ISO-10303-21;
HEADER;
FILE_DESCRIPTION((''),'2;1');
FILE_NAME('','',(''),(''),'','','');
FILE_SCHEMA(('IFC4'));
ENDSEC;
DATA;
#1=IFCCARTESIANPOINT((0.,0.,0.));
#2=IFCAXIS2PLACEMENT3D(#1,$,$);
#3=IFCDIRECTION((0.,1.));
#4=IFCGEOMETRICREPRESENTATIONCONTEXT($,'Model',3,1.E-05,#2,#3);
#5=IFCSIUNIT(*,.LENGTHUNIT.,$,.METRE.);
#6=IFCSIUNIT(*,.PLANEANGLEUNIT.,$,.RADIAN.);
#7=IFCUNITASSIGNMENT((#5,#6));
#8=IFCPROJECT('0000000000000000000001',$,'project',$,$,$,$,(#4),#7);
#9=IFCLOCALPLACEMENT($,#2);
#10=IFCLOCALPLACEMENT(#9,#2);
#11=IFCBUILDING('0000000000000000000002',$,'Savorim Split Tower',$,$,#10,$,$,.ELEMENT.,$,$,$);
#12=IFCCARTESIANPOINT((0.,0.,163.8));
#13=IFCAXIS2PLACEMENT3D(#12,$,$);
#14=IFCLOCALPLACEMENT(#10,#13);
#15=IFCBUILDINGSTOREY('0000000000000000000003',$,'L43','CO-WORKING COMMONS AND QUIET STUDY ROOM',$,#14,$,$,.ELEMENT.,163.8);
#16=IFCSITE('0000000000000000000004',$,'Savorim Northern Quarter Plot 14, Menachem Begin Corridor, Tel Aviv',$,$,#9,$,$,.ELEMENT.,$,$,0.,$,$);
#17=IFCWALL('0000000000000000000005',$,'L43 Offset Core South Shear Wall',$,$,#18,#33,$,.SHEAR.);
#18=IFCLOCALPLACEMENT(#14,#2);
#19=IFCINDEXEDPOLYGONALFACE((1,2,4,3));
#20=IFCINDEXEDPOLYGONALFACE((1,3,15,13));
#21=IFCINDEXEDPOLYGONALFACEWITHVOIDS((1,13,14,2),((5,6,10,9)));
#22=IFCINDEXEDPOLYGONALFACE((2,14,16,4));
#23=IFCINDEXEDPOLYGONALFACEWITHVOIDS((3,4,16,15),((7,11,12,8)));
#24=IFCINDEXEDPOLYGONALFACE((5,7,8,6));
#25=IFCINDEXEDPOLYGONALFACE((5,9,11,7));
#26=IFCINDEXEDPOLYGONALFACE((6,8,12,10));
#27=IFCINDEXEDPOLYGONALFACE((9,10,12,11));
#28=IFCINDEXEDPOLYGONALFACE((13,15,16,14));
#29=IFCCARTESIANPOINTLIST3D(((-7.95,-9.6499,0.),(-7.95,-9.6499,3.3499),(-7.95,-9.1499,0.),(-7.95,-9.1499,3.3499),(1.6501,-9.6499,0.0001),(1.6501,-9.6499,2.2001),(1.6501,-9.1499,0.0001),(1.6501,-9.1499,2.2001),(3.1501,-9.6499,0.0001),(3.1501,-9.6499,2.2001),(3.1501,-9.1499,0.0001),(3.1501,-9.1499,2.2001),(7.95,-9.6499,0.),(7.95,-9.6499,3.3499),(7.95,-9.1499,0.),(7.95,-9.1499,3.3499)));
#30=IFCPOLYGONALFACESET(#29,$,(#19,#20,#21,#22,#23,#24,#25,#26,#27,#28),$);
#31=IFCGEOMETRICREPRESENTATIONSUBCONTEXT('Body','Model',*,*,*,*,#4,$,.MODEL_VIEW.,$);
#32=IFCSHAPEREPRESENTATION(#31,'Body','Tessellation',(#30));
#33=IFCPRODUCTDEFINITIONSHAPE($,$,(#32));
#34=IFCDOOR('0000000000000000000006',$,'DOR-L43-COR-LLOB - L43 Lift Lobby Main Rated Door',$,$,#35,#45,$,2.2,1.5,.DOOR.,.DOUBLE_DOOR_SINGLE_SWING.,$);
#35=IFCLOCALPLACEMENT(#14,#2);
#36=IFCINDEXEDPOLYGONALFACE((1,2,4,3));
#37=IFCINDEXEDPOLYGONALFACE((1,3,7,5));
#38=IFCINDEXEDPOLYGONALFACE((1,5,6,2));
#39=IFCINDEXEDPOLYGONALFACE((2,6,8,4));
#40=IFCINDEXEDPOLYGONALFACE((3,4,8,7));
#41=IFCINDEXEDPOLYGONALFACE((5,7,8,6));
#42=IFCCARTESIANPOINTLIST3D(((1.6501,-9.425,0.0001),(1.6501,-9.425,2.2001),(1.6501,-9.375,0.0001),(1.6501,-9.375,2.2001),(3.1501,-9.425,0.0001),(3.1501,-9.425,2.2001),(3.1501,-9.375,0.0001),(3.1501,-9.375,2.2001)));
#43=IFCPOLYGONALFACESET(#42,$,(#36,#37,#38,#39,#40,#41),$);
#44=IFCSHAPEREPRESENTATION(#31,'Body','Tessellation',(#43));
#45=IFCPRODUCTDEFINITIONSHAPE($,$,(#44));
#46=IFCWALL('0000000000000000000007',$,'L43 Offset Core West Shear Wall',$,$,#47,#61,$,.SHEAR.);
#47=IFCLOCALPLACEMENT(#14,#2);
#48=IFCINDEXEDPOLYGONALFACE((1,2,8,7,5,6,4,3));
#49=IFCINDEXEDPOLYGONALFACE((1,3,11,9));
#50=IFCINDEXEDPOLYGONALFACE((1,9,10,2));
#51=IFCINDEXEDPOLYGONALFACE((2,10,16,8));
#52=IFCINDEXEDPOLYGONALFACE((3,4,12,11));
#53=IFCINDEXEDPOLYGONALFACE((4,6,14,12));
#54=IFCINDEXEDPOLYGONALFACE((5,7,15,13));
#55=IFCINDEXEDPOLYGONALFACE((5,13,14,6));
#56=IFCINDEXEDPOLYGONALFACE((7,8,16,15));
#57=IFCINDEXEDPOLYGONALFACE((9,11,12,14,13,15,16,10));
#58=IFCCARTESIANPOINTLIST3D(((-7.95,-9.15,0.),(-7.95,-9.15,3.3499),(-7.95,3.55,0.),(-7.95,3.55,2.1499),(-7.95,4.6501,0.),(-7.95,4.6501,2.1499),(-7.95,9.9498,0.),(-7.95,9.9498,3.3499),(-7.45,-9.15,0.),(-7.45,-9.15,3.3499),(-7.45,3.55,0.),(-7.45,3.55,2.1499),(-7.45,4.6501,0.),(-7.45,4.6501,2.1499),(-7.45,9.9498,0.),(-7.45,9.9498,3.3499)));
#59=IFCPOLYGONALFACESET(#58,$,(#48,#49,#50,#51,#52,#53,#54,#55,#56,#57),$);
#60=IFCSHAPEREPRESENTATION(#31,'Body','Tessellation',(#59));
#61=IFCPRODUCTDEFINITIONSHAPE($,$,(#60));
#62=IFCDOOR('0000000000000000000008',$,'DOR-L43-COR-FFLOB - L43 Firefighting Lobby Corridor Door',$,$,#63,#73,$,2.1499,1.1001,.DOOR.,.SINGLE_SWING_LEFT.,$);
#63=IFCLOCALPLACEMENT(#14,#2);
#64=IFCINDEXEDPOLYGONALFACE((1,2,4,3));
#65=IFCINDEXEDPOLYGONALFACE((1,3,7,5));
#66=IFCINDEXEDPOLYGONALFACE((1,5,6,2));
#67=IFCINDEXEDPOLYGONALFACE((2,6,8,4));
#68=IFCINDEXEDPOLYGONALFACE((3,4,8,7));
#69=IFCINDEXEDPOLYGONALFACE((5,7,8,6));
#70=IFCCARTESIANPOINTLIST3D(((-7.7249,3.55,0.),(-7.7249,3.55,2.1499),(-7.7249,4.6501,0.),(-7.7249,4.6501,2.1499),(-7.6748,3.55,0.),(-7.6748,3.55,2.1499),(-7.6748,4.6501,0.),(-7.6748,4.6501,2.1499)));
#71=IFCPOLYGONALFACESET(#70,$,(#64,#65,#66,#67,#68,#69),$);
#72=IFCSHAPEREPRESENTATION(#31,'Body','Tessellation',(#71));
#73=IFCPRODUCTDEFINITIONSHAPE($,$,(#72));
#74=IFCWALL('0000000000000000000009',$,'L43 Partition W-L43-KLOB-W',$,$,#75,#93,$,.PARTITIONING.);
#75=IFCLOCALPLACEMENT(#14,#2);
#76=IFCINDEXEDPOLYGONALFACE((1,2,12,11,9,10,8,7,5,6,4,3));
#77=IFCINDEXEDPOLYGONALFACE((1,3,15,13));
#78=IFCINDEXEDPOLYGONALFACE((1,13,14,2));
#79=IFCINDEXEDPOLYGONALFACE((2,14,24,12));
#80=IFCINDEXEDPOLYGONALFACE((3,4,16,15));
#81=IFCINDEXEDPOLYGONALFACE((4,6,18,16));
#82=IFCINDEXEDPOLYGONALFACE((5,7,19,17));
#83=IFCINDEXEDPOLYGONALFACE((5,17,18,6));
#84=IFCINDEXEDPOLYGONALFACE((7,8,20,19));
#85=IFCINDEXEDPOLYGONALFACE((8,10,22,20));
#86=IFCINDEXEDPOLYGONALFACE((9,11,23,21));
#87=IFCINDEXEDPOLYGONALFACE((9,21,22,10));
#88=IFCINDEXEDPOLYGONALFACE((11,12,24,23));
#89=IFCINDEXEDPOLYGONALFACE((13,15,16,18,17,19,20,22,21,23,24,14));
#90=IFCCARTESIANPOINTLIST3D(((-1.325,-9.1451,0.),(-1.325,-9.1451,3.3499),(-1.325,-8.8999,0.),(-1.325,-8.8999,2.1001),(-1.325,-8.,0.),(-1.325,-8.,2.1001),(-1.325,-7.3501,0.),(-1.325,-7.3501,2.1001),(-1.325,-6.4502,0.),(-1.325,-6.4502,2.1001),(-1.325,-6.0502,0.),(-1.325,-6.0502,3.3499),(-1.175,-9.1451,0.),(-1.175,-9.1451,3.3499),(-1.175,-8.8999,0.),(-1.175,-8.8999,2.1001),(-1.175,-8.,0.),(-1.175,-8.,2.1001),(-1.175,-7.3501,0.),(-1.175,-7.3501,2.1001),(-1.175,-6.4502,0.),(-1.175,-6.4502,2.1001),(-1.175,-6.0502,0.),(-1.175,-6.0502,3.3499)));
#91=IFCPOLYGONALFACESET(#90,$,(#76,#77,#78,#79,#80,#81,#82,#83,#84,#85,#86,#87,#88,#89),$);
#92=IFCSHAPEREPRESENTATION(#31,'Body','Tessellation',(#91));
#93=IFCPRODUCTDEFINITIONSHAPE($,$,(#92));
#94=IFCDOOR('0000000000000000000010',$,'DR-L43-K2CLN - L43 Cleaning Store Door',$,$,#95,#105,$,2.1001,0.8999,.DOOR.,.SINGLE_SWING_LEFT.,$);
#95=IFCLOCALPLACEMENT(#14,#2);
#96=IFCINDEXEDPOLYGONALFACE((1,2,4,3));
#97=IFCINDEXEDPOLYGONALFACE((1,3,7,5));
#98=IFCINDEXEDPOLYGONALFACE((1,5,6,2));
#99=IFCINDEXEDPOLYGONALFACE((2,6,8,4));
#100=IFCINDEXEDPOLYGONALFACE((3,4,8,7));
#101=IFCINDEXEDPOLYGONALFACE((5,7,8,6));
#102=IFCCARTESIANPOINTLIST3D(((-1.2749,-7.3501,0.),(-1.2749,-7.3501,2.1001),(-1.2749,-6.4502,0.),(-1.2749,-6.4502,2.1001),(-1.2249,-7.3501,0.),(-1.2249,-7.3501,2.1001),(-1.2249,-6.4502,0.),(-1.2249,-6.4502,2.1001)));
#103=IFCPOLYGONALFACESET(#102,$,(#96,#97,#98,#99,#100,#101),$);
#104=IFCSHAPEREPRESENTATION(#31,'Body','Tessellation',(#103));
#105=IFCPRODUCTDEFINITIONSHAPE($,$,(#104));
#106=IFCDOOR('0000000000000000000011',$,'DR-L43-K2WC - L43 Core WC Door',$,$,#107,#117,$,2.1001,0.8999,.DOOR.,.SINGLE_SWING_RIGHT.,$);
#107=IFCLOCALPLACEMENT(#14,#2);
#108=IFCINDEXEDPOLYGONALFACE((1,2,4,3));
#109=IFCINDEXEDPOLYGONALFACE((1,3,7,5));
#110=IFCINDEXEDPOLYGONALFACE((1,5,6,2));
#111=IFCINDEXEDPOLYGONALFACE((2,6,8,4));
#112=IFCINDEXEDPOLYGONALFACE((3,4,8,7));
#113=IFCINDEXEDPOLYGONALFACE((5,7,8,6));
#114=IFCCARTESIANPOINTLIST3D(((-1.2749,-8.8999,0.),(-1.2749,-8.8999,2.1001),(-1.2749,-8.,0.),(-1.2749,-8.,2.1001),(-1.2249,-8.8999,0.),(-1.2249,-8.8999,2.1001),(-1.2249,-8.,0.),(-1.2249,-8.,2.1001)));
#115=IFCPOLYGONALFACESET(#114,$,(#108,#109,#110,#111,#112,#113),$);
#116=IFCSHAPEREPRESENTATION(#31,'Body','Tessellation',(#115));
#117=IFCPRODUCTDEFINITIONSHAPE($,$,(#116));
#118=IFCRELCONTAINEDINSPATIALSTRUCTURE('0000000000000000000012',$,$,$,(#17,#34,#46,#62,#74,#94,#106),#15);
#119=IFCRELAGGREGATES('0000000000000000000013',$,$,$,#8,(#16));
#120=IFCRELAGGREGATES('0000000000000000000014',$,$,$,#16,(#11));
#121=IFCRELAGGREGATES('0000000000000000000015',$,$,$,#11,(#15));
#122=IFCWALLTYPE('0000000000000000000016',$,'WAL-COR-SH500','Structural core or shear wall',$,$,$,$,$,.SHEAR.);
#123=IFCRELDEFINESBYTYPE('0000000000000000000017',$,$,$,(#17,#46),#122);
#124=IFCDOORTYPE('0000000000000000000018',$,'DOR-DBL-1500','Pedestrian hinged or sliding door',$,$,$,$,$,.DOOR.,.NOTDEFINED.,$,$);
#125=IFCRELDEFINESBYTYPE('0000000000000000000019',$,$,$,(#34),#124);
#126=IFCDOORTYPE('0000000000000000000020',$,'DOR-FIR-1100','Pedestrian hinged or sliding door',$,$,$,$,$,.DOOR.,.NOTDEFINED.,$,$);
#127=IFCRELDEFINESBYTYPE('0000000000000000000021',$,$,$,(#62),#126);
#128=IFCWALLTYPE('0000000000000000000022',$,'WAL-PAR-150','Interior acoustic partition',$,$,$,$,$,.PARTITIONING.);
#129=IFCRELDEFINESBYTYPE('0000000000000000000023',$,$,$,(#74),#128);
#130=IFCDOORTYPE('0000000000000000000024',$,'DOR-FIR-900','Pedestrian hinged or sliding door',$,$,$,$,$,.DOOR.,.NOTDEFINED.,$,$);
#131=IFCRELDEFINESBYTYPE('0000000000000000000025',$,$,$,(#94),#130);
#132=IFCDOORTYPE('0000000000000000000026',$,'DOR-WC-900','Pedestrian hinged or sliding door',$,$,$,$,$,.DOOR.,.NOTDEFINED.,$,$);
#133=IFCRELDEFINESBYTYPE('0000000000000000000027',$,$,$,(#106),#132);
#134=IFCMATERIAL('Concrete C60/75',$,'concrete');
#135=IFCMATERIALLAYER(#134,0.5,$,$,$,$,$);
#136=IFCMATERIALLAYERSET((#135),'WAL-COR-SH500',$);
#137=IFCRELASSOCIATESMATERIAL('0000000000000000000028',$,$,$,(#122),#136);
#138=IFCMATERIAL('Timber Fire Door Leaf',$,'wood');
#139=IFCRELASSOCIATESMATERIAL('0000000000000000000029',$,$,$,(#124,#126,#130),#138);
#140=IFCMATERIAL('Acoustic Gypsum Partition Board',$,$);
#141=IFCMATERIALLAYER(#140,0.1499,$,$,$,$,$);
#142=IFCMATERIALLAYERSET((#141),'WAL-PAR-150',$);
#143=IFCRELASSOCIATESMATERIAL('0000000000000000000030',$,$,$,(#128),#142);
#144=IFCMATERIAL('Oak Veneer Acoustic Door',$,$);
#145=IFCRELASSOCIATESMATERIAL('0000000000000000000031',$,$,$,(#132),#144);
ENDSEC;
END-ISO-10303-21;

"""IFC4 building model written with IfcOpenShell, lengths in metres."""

from ifc_helpers import new_model, si_unit, direction, frame, frame_2d, origin, place, context, subcontext, project, spatial, rectangle, extrude, material, layer, layer_set, type_object, element, fill, save


model = new_model("IFC4")

# Units and contexts
model_context = context("Model", 3, precision=1e-05, world=origin(), true_north=direction((0.0, 1.0)))
body_context = subcontext(model_context, "Body", "Model", "MODEL_VIEW")
ifc_project = project(units=[si_unit("LENGTHUNIT", "METRE"), si_unit("PLANEANGLEUNIT", "RADIAN")], contexts=[model_context])

# Site, building, storey
site_placement = place(None, origin())
site = spatial("IfcSite", under=ifc_project, at=site_placement, Name="Savorim Northern Quarter Plot 14, Menachem Begin Corridor, Tel Aviv", CompositionType="ELEMENT", RefElevation=0.0)
building_placement = place(site_placement, origin())
building = spatial("IfcBuilding", under=site, at=building_placement, Name="Savorim Split Tower", CompositionType="ELEMENT")
storey_placement = place(building_placement, frame((0.0, 0.0, 163.8)))
storey = spatial("IfcBuildingStorey", under=building, at=storey_placement, Name="L43", Description="CO-WORKING COMMONS AND QUIET STUDY ROOM", CompositionType="ELEMENT", Elevation=163.8)

# Walls, openings, doors
ifc_material_1 = material(Name="Concrete C60/75", Category="concrete")
ifc_layer_1 = layer(ifc_material_1, 0.5)
ifc_layer_set_1 = layer_set([ifc_layer_1], Name="WAL-COR-SH500")
wall_type_1 = type_object("IfcWallType", Name="WAL-COR-SH500", Description="Structural core or shear wall", PredefinedType="SHEAR", material=ifc_layer_set_1)
wall_1_placement = place(storey_placement, frame((-7.95, -9.3999, 0.0), z_axis=(0.0, 0.0, 1.0), x_axis=(1.0, 0.0, 0.0)))
wall_1 = element("IfcWall", 1, at=wall_1_placement, inside=storey, type_object=wall_type_1, Name="L43 Offset Core South Shear Wall", PredefinedType="SHEAR", context=body_context, shape_type="SweptSolid", body=[
    extrude(rectangle(XDim=15.8999, YDim=0.5, at=frame_2d((7.95, 0.0))), origin(), (0.0, 0.0, 1.0), 3.3499),
])
opening_1_placement = place(wall_1_placement, frame((9.6001, 0.0, 0.0)))
opening_1 = element("IfcOpeningElement", 2, at=opening_1_placement, cuts=wall_1, PredefinedType="OPENING", context=body_context, shape_type="SweptSolid", body=[
    extrude(rectangle(XDim=1.5, YDim=2.2, at=frame_2d((0.75, 1.1001))), frame((0.0, 0.26, 0.0), z_axis=(0.0, -1.0, 0.0), x_axis=(1.0, 0.0, 0.0)), (0.0, 0.0, 1.0), 0.52),
])
ifc_material_2 = material(Name="Timber Fire Door Leaf", Category="wood")
door_type_1 = type_object("IfcDoorType", Name="DOR-DBL-1500", Description="Pedestrian hinged or sliding door", OperationType="NOTDEFINED", PredefinedType="DOOR", material=ifc_material_2)
door_1_placement = place(opening_1_placement, origin())
door_1 = element("IfcDoor", 3, at=door_1_placement, inside=storey, type_object=door_type_1, Name="DOR-L43-COR-LLOB - L43 Lift Lobby Main Rated Door", OperationType="DOUBLE_DOOR_SINGLE_SWING", OverallHeight=2.2, OverallWidth=1.5, PredefinedType="DOOR", context=body_context, shape_type="SweptSolid", body=[
    extrude(rectangle(XDim=1.5, YDim=2.2, at=frame_2d((0.75, 1.1001))), frame((0.0, 0.0249, 0.0), z_axis=(0.0, -1.0, 0.0), x_axis=(1.0, 0.0, 0.0)), (0.0, 0.0, 1.0), 0.05),
])
fill(opening_1, door_1)
wall_2_placement = place(storey_placement, frame((-7.7, -9.1499, 0.0), z_axis=(0.0, 0.0, 1.0), x_axis=(0.0, 1.0, 0.0)))
wall_2 = element("IfcWall", 4, at=wall_2_placement, inside=storey, type_object=wall_type_1, Name="L43 Offset Core West Shear Wall", PredefinedType="SHEAR", context=body_context, shape_type="SweptSolid", body=[
    extrude(rectangle(XDim=19.0999, YDim=0.5, at=frame_2d((9.5498, 0.0))), origin(), (0.0, 0.0, 1.0), 3.3499),
])
opening_2_placement = place(wall_2_placement, frame((12.7, 0.0, 0.0)))
opening_2 = element("IfcOpeningElement", 5, at=opening_2_placement, cuts=wall_2, PredefinedType="OPENING", context=body_context, shape_type="SweptSolid", body=[
    extrude(rectangle(XDim=1.1001, YDim=2.1499, at=frame_2d((0.55, 1.075))), frame((0.0, 0.26, 0.0), z_axis=(0.0, -1.0, 0.0), x_axis=(1.0, 0.0, 0.0)), (0.0, 0.0, 1.0), 0.52),
])
door_type_2 = type_object("IfcDoorType", Name="DOR-FIR-1100", Description="Pedestrian hinged or sliding door", OperationType="NOTDEFINED", PredefinedType="DOOR", material=ifc_material_2)
door_2_placement = place(opening_2_placement, origin())
door_2 = element("IfcDoor", 6, at=door_2_placement, inside=storey, type_object=door_type_2, Name="DOR-L43-COR-FFLOB - L43 Firefighting Lobby Corridor Door", OperationType="SINGLE_SWING_LEFT", OverallHeight=2.1499, OverallWidth=1.1001, PredefinedType="DOOR", context=body_context, shape_type="SweptSolid", body=[
    extrude(rectangle(XDim=1.1001, YDim=2.1499, at=frame_2d((0.55, 1.075))), frame((0.0, 0.0249, 0.0), z_axis=(0.0, -1.0, 0.0), x_axis=(1.0, 0.0, 0.0)), (0.0, 0.0, 1.0), 0.05),
])
fill(opening_2, door_2)

# Wall, openings, doors
ifc_material_3 = material(Name="Acoustic Gypsum Partition Board")
ifc_layer_2 = layer(ifc_material_3, 0.1499)
ifc_layer_set_2 = layer_set([ifc_layer_2], Name="WAL-PAR-150")
wall_type_2 = type_object("IfcWallType", Name="WAL-PAR-150", Description="Interior acoustic partition", PredefinedType="PARTITIONING", material=ifc_layer_set_2)
wall_3_placement = place(storey_placement, frame((-1.25, -9.145, 0.0), z_axis=(0.0, 0.0, 1.0), x_axis=(0.0, 1.0, 0.0)))
wall_3 = element("IfcWall", 7, at=wall_3_placement, inside=storey, type_object=wall_type_2, Name="L43 Partition W-L43-KLOB-W", PredefinedType="PARTITIONING", context=body_context, shape_type="SweptSolid", body=[
    extrude(rectangle(XDim=3.095, YDim=0.1499, at=frame_2d((1.5474, 0.0))), origin(), (0.0, 0.0, 1.0), 3.3499),
])
opening_3_placement = place(wall_3_placement, frame((1.7949, 0.0, 0.0)))
opening_3 = element("IfcOpeningElement", 8, at=opening_3_placement, cuts=wall_3, PredefinedType="OPENING", context=body_context, shape_type="SweptSolid", body=[
    extrude(rectangle(XDim=0.8999, YDim=2.1001, at=frame_2d((0.45, 1.05))), frame((0.0, 0.085, 0.0), z_axis=(0.0, -1.0, 0.0), x_axis=(1.0, 0.0, 0.0)), (0.0, 0.0, 1.0), 0.1699),
])
opening_4_placement = place(wall_3_placement, frame((0.2451, 0.0, 0.0)))
opening_4 = element("IfcOpeningElement", 9, at=opening_4_placement, cuts=wall_3, PredefinedType="OPENING", context=body_context, shape_type="SweptSolid", body=[
    extrude(rectangle(XDim=0.8999, YDim=2.1001, at=frame_2d((0.45, 1.05))), frame((0.0, 0.085, 0.0), z_axis=(0.0, -1.0, 0.0), x_axis=(1.0, 0.0, 0.0)), (0.0, 0.0, 1.0), 0.1699),
])
door_type_3 = type_object("IfcDoorType", Name="DOR-FIR-900", Description="Pedestrian hinged or sliding door", OperationType="NOTDEFINED", PredefinedType="DOOR", material=ifc_material_2)
door_3_placement = place(opening_3_placement, origin())
door_3 = element("IfcDoor", 10, at=door_3_placement, inside=storey, type_object=door_type_3, Name="DR-L43-K2CLN - L43 Cleaning Store Door", OperationType="SINGLE_SWING_LEFT", OverallHeight=2.1001, OverallWidth=0.8999, PredefinedType="DOOR", context=body_context, shape_type="SweptSolid", body=[
    extrude(rectangle(XDim=0.8999, YDim=2.1001, at=frame_2d((0.45, 1.05))), frame((0.0, 0.0249, 0.0), z_axis=(0.0, -1.0, 0.0), x_axis=(1.0, 0.0, 0.0)), (0.0, 0.0, 1.0), 0.05),
])
fill(opening_3, door_3)
ifc_material_4 = material(Name="Oak Veneer Acoustic Door")
door_type_4 = type_object("IfcDoorType", Name="DOR-WC-900", Description="Pedestrian hinged or sliding door", OperationType="NOTDEFINED", PredefinedType="DOOR", material=ifc_material_4)
door_4_placement = place(opening_4_placement, origin())
door_4 = element("IfcDoor", 11, at=door_4_placement, inside=storey, type_object=door_type_4, Name="DR-L43-K2WC - L43 Core WC Door", OperationType="SINGLE_SWING_RIGHT", OverallHeight=2.1001, OverallWidth=0.8999, PredefinedType="DOOR", context=body_context, shape_type="SweptSolid", body=[
    extrude(rectangle(XDim=0.8999, YDim=2.1001, at=frame_2d((0.45, 1.05))), frame((0.0, 0.0249, 0.0), z_axis=(0.0, -1.0, 0.0), x_axis=(1.0, 0.0, 0.0)), (0.0, 0.0, 1.0), 0.05),
])
fill(opening_4, door_4)

save(model, "model.ifc")
